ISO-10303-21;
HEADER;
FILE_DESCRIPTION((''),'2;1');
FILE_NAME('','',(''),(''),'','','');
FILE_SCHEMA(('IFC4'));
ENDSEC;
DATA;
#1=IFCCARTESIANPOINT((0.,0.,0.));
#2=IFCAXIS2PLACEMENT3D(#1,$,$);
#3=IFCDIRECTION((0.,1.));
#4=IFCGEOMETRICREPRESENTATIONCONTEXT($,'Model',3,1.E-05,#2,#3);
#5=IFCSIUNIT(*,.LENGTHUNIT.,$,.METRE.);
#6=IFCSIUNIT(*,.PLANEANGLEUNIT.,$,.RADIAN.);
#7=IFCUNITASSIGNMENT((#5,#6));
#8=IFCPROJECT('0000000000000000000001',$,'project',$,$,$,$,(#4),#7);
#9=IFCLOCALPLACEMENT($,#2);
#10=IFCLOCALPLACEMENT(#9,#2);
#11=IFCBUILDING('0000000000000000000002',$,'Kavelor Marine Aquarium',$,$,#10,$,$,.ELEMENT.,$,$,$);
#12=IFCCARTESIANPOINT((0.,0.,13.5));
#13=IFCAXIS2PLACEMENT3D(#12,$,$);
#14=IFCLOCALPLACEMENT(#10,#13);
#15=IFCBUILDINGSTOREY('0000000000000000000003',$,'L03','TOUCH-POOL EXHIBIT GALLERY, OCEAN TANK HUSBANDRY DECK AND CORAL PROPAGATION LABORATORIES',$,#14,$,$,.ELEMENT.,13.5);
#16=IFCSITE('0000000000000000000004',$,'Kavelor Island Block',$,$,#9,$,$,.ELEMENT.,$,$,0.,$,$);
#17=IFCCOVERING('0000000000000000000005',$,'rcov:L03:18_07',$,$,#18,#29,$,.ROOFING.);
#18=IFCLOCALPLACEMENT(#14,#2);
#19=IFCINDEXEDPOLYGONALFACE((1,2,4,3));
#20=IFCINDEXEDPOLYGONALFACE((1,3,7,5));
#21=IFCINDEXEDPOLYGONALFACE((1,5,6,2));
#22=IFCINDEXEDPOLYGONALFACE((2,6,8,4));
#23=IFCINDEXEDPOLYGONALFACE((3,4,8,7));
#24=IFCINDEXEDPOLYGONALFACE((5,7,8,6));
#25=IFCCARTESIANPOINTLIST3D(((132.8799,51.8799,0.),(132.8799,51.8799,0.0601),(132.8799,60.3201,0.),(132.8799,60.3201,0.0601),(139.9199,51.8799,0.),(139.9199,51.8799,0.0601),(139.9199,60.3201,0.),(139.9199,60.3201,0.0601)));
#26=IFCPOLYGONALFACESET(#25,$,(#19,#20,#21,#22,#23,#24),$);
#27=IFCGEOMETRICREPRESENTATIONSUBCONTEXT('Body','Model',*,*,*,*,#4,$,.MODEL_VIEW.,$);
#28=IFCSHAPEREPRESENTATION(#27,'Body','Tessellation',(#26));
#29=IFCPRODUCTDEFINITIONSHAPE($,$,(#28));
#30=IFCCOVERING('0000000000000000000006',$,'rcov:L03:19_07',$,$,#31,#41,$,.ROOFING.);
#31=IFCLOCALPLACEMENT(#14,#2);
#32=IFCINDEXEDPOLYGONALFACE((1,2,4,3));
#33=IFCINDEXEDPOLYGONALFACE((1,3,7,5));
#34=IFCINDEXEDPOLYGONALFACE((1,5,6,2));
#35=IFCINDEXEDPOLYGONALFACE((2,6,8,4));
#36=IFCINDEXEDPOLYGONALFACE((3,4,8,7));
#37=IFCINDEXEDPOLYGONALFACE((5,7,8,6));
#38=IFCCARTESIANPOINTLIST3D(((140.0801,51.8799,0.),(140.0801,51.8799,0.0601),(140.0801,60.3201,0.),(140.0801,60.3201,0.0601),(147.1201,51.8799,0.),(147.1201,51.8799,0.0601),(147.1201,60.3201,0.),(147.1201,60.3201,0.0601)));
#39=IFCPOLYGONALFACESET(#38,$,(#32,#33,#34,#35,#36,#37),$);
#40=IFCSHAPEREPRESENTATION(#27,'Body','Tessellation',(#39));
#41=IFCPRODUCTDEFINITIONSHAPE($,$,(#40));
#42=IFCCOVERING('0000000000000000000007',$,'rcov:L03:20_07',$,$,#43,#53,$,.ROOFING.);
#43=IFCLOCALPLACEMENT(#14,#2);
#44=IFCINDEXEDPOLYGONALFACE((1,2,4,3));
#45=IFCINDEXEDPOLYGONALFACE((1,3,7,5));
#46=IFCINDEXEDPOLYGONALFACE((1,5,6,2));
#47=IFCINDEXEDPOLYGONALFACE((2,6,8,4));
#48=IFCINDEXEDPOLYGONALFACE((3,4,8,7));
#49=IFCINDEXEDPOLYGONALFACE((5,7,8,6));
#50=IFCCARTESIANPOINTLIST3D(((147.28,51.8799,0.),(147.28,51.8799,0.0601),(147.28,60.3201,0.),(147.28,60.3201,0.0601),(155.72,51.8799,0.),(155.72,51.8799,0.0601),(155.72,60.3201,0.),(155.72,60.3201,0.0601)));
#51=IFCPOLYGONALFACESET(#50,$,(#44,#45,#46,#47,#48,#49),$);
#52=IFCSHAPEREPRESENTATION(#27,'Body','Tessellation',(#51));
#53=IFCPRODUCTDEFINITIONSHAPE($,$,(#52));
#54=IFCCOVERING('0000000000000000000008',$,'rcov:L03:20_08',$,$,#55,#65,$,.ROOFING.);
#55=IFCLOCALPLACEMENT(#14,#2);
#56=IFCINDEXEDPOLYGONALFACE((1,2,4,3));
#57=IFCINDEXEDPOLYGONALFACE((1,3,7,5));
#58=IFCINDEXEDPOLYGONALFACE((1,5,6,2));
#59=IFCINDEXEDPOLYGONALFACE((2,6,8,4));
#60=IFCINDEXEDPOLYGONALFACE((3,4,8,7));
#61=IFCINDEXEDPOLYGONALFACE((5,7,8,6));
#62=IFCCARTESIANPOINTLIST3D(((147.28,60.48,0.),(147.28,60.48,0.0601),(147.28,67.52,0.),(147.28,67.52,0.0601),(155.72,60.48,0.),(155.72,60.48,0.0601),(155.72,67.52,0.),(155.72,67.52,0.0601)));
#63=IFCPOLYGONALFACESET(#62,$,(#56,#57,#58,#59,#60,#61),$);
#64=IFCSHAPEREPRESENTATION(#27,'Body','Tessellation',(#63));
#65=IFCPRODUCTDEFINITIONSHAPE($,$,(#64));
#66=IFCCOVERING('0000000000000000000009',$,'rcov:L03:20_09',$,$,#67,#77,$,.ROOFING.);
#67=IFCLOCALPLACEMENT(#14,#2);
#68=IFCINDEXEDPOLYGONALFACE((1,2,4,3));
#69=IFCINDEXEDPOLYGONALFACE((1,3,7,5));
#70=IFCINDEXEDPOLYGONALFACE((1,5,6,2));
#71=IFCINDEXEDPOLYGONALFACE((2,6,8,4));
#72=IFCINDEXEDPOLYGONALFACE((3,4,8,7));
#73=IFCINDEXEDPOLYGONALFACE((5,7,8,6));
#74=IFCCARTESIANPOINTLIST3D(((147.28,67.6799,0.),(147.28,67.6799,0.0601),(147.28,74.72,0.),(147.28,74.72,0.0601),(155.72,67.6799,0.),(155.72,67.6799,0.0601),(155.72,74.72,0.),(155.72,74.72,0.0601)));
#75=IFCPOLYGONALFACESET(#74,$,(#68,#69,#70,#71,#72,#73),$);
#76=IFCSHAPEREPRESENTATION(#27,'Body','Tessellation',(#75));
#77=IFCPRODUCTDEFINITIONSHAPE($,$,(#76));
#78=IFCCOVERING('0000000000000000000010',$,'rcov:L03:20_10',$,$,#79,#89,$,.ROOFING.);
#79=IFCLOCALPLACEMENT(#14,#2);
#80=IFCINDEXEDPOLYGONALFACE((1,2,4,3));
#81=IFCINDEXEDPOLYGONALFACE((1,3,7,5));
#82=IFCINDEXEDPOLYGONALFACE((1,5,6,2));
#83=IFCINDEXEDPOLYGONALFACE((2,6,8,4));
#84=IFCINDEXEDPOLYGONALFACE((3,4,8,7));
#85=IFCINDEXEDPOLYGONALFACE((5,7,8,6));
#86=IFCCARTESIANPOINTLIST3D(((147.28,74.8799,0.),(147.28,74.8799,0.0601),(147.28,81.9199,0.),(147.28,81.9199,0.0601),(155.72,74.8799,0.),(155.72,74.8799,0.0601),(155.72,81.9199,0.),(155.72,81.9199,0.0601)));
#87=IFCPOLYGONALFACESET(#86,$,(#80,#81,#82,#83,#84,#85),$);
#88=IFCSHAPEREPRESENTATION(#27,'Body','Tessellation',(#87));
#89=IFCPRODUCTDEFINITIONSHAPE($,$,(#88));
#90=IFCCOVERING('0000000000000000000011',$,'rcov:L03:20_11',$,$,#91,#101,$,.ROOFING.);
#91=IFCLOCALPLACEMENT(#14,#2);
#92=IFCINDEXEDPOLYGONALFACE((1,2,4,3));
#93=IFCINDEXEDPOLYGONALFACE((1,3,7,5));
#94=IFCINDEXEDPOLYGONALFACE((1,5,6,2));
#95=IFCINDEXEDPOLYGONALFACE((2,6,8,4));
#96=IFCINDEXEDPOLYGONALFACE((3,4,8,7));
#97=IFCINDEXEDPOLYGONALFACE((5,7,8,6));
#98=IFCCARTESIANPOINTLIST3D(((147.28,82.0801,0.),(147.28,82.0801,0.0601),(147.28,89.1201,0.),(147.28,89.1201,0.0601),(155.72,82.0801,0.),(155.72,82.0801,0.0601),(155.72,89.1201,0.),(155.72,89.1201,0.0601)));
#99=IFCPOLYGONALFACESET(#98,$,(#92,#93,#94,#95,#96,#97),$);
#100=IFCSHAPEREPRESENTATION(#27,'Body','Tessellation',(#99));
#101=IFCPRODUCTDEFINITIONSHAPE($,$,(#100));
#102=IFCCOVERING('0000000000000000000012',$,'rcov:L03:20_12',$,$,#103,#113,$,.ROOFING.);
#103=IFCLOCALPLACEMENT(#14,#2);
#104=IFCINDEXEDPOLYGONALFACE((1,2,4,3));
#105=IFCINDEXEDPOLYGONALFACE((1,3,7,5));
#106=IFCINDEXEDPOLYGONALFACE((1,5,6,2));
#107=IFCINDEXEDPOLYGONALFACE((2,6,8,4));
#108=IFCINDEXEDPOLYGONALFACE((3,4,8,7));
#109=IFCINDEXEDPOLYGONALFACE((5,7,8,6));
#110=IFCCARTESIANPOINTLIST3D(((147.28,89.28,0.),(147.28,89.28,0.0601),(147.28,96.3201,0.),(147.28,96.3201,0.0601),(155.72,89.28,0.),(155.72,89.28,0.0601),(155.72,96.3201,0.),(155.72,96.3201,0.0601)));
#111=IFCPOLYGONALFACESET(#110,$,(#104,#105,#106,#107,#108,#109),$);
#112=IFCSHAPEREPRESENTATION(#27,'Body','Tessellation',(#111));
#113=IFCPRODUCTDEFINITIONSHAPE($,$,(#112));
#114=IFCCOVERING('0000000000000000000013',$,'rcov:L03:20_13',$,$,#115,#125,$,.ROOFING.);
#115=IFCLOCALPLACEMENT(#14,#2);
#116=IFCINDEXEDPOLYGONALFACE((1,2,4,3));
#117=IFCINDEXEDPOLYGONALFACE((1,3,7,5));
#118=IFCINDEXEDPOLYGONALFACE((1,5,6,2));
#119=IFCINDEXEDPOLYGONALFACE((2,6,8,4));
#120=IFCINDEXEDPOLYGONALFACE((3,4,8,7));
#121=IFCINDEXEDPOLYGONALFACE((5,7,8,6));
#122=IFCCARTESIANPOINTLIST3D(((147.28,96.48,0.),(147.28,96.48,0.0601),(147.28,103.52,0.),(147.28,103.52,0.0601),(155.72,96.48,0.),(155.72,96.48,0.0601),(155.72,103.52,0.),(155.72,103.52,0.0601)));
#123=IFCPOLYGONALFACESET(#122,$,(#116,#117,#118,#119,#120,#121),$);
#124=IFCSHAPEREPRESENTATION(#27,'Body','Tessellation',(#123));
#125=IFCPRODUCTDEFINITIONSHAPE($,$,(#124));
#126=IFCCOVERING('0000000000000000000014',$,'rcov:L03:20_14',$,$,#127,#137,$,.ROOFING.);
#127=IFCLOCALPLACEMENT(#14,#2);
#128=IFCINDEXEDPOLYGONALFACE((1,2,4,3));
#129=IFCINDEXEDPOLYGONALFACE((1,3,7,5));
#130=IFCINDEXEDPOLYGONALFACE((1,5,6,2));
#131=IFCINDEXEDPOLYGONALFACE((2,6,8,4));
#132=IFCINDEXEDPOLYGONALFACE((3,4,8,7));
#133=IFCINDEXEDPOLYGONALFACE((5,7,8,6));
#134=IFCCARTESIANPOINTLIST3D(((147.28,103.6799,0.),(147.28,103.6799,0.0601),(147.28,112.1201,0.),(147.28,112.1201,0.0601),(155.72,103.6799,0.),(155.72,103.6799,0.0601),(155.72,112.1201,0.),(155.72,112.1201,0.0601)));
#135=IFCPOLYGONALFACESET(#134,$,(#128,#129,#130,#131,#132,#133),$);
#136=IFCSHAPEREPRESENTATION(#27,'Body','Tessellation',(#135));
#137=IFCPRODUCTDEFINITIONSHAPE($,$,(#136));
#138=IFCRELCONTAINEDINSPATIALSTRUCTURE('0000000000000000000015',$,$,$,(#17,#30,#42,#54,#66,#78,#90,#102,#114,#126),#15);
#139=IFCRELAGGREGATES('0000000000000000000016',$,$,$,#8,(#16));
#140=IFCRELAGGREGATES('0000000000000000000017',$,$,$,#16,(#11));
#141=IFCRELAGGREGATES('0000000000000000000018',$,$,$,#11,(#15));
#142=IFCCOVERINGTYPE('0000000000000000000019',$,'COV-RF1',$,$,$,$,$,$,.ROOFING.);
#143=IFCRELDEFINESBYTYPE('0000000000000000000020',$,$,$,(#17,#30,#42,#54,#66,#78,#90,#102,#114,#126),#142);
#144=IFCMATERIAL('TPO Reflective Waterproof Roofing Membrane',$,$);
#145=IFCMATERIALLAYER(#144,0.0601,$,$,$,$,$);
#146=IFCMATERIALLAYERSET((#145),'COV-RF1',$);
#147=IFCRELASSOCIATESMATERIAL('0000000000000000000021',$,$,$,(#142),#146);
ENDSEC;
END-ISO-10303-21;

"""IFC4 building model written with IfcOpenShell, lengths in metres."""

from ifc_helpers import new_model, si_unit, direction, frame, origin, place, context, subcontext, project, spatial, polyline, outline, extrude, material, layer, layer_set, type_object, element, save


model = new_model("IFC4")

# Units and contexts
model_context = context("Model", 3, precision=1e-05, world=origin(), true_north=direction((0.0, 1.0)))
body_context = subcontext(model_context, "Body", "Model", "MODEL_VIEW")
ifc_project = project(units=[si_unit("LENGTHUNIT", "METRE"), si_unit("PLANEANGLEUNIT", "RADIAN")], contexts=[model_context])

# Site, building, storey
site_placement = place(None, origin())
site = spatial("IfcSite", under=ifc_project, at=site_placement, Name="Kavelor Island Block", CompositionType="ELEMENT", RefElevation=0.0)
building_placement = place(site_placement, origin())
building = spatial("IfcBuilding", under=site, at=building_placement, Name="Kavelor Marine Aquarium", CompositionType="ELEMENT")
storey_placement = place(building_placement, frame((0.0, 0.0, 13.5)))
storey = spatial("IfcBuildingStorey", under=building, at=storey_placement, Name="L03", Description="TOUCH-POOL EXHIBIT GALLERY, OCEAN TANK HUSBANDRY DECK AND CORAL PROPAGATION LABORATORIES", CompositionType="ELEMENT", Elevation=13.5)

# Coverings
ifc_material_1 = material(Name="TPO Reflective Waterproof Roofing Membrane")
ifc_layer_1 = layer(ifc_material_1, 0.0601)
ifc_layer_set_1 = layer_set([ifc_layer_1], Name="COV-RF1")
covering_type_1 = type_object("IfcCoveringType", Name="COV-RF1", PredefinedType="ROOFING", material=ifc_layer_set_1)
covering_1_placement = place(storey_placement, origin())
element("IfcCovering", 1, at=covering_1_placement, inside=storey, type_object=covering_type_1, Name="rcov:L03:18_07", PredefinedType="ROOFING", context=body_context, shape_type="SweptSolid", body=[
    extrude(outline(polyline([(132.8799, 51.8799), (139.9199, 51.8799), (139.9199, 60.3201), (132.8799, 60.3201), (132.8799, 51.8799)])), origin(), (0.0, 0.0, 1.0), 0.0601),
])
covering_2_placement = place(storey_placement, origin())
element("IfcCovering", 2, at=covering_2_placement, inside=storey, type_object=covering_type_1, Name="rcov:L03:19_07", PredefinedType="ROOFING", context=body_context, shape_type="SweptSolid", body=[
    extrude(outline(polyline([(140.0801, 51.8799), (147.1201, 51.8799), (147.1201, 60.3201), (140.0801, 60.3201), (140.0801, 51.8799)])), origin(), (0.0, 0.0, 1.0), 0.0601),
])
covering_3_placement = place(storey_placement, origin())
element("IfcCovering", 3, at=covering_3_placement, inside=storey, type_object=covering_type_1, Name="rcov:L03:20_07", PredefinedType="ROOFING", context=body_context, shape_type="SweptSolid", body=[
    extrude(outline(polyline([(147.28, 51.8799), (155.72, 51.8799), (155.72, 60.3201), (147.28, 60.3201), (147.28, 51.8799)])), origin(), (0.0, 0.0, 1.0), 0.0601),
])
covering_4_placement = place(storey_placement, origin())
element("IfcCovering", 4, at=covering_4_placement, inside=storey, type_object=covering_type_1, Name="rcov:L03:20_08", PredefinedType="ROOFING", context=body_context, shape_type="SweptSolid", body=[
    extrude(outline(polyline([(147.28, 60.48), (155.72, 60.48), (155.72, 67.52), (147.28, 67.52), (147.28, 60.48)])), origin(), (0.0, 0.0, 1.0), 0.0601),
])
covering_5_placement = place(storey_placement, origin())
element("IfcCovering", 5, at=covering_5_placement, inside=storey, type_object=covering_type_1, Name="rcov:L03:20_09", PredefinedType="ROOFING", context=body_context, shape_type="SweptSolid", body=[
    extrude(outline(polyline([(147.28, 67.6799), (155.72, 67.6799), (155.72, 74.72), (147.28, 74.72), (147.28, 67.6799)])), origin(), (0.0, 0.0, 1.0), 0.0601),
])
covering_6_placement = place(storey_placement, origin())
element("IfcCovering", 6, at=covering_6_placement, inside=storey, type_object=covering_type_1, Name="rcov:L03:20_10", PredefinedType="ROOFING", context=body_context, shape_type="SweptSolid", body=[
    extrude(outline(polyline([(147.28, 74.8799), (155.72, 74.8799), (155.72, 81.9199), (147.28, 81.9199), (147.28, 74.8799)])), origin(), (0.0, 0.0, 1.0), 0.0601),
])
covering_7_placement = place(storey_placement, origin())
element("IfcCovering", 7, at=covering_7_placement, inside=storey, type_object=covering_type_1, Name="rcov:L03:20_11", PredefinedType="ROOFING", context=body_context, shape_type="SweptSolid", body=[
    extrude(outline(polyline([(147.28, 82.0801), (155.72, 82.0801), (155.72, 89.1201), (147.28, 89.1201), (147.28, 82.0801)])), origin(), (0.0, 0.0, 1.0), 0.0601),
])
covering_8_placement = place(storey_placement, origin())
element("IfcCovering", 8, at=covering_8_placement, inside=storey, type_object=covering_type_1, Name="rcov:L03:20_12", PredefinedType="ROOFING", context=body_context, shape_type="SweptSolid", body=[
    extrude(outline(polyline([(147.28, 89.28), (155.72, 89.28), (155.72, 96.3201), (147.28, 96.3201), (147.28, 89.28)])), origin(), (0.0, 0.0, 1.0), 0.0601),
])
covering_9_placement = place(storey_placement, origin())
element("IfcCovering", 9, at=covering_9_placement, inside=storey, type_object=covering_type_1, Name="rcov:L03:20_13", PredefinedType="ROOFING", context=body_context, shape_type="SweptSolid", body=[
    extrude(outline(polyline([(147.28, 96.48), (155.72, 96.48), (155.72, 103.52), (147.28, 103.52), (147.28, 96.48)])), origin(), (0.0, 0.0, 1.0), 0.0601),
])
covering_10_placement = place(storey_placement, origin())
element("IfcCovering", 10, at=covering_10_placement, inside=storey, type_object=covering_type_1, Name="rcov:L03:20_14", PredefinedType="ROOFING", context=body_context, shape_type="SweptSolid", body=[
    extrude(outline(polyline([(147.28, 103.6799), (155.72, 103.6799), (155.72, 112.1201), (147.28, 112.1201), (147.28, 103.6799)])), origin(), (0.0, 0.0, 1.0), 0.0601),
])

save(model, "model.ifc")
